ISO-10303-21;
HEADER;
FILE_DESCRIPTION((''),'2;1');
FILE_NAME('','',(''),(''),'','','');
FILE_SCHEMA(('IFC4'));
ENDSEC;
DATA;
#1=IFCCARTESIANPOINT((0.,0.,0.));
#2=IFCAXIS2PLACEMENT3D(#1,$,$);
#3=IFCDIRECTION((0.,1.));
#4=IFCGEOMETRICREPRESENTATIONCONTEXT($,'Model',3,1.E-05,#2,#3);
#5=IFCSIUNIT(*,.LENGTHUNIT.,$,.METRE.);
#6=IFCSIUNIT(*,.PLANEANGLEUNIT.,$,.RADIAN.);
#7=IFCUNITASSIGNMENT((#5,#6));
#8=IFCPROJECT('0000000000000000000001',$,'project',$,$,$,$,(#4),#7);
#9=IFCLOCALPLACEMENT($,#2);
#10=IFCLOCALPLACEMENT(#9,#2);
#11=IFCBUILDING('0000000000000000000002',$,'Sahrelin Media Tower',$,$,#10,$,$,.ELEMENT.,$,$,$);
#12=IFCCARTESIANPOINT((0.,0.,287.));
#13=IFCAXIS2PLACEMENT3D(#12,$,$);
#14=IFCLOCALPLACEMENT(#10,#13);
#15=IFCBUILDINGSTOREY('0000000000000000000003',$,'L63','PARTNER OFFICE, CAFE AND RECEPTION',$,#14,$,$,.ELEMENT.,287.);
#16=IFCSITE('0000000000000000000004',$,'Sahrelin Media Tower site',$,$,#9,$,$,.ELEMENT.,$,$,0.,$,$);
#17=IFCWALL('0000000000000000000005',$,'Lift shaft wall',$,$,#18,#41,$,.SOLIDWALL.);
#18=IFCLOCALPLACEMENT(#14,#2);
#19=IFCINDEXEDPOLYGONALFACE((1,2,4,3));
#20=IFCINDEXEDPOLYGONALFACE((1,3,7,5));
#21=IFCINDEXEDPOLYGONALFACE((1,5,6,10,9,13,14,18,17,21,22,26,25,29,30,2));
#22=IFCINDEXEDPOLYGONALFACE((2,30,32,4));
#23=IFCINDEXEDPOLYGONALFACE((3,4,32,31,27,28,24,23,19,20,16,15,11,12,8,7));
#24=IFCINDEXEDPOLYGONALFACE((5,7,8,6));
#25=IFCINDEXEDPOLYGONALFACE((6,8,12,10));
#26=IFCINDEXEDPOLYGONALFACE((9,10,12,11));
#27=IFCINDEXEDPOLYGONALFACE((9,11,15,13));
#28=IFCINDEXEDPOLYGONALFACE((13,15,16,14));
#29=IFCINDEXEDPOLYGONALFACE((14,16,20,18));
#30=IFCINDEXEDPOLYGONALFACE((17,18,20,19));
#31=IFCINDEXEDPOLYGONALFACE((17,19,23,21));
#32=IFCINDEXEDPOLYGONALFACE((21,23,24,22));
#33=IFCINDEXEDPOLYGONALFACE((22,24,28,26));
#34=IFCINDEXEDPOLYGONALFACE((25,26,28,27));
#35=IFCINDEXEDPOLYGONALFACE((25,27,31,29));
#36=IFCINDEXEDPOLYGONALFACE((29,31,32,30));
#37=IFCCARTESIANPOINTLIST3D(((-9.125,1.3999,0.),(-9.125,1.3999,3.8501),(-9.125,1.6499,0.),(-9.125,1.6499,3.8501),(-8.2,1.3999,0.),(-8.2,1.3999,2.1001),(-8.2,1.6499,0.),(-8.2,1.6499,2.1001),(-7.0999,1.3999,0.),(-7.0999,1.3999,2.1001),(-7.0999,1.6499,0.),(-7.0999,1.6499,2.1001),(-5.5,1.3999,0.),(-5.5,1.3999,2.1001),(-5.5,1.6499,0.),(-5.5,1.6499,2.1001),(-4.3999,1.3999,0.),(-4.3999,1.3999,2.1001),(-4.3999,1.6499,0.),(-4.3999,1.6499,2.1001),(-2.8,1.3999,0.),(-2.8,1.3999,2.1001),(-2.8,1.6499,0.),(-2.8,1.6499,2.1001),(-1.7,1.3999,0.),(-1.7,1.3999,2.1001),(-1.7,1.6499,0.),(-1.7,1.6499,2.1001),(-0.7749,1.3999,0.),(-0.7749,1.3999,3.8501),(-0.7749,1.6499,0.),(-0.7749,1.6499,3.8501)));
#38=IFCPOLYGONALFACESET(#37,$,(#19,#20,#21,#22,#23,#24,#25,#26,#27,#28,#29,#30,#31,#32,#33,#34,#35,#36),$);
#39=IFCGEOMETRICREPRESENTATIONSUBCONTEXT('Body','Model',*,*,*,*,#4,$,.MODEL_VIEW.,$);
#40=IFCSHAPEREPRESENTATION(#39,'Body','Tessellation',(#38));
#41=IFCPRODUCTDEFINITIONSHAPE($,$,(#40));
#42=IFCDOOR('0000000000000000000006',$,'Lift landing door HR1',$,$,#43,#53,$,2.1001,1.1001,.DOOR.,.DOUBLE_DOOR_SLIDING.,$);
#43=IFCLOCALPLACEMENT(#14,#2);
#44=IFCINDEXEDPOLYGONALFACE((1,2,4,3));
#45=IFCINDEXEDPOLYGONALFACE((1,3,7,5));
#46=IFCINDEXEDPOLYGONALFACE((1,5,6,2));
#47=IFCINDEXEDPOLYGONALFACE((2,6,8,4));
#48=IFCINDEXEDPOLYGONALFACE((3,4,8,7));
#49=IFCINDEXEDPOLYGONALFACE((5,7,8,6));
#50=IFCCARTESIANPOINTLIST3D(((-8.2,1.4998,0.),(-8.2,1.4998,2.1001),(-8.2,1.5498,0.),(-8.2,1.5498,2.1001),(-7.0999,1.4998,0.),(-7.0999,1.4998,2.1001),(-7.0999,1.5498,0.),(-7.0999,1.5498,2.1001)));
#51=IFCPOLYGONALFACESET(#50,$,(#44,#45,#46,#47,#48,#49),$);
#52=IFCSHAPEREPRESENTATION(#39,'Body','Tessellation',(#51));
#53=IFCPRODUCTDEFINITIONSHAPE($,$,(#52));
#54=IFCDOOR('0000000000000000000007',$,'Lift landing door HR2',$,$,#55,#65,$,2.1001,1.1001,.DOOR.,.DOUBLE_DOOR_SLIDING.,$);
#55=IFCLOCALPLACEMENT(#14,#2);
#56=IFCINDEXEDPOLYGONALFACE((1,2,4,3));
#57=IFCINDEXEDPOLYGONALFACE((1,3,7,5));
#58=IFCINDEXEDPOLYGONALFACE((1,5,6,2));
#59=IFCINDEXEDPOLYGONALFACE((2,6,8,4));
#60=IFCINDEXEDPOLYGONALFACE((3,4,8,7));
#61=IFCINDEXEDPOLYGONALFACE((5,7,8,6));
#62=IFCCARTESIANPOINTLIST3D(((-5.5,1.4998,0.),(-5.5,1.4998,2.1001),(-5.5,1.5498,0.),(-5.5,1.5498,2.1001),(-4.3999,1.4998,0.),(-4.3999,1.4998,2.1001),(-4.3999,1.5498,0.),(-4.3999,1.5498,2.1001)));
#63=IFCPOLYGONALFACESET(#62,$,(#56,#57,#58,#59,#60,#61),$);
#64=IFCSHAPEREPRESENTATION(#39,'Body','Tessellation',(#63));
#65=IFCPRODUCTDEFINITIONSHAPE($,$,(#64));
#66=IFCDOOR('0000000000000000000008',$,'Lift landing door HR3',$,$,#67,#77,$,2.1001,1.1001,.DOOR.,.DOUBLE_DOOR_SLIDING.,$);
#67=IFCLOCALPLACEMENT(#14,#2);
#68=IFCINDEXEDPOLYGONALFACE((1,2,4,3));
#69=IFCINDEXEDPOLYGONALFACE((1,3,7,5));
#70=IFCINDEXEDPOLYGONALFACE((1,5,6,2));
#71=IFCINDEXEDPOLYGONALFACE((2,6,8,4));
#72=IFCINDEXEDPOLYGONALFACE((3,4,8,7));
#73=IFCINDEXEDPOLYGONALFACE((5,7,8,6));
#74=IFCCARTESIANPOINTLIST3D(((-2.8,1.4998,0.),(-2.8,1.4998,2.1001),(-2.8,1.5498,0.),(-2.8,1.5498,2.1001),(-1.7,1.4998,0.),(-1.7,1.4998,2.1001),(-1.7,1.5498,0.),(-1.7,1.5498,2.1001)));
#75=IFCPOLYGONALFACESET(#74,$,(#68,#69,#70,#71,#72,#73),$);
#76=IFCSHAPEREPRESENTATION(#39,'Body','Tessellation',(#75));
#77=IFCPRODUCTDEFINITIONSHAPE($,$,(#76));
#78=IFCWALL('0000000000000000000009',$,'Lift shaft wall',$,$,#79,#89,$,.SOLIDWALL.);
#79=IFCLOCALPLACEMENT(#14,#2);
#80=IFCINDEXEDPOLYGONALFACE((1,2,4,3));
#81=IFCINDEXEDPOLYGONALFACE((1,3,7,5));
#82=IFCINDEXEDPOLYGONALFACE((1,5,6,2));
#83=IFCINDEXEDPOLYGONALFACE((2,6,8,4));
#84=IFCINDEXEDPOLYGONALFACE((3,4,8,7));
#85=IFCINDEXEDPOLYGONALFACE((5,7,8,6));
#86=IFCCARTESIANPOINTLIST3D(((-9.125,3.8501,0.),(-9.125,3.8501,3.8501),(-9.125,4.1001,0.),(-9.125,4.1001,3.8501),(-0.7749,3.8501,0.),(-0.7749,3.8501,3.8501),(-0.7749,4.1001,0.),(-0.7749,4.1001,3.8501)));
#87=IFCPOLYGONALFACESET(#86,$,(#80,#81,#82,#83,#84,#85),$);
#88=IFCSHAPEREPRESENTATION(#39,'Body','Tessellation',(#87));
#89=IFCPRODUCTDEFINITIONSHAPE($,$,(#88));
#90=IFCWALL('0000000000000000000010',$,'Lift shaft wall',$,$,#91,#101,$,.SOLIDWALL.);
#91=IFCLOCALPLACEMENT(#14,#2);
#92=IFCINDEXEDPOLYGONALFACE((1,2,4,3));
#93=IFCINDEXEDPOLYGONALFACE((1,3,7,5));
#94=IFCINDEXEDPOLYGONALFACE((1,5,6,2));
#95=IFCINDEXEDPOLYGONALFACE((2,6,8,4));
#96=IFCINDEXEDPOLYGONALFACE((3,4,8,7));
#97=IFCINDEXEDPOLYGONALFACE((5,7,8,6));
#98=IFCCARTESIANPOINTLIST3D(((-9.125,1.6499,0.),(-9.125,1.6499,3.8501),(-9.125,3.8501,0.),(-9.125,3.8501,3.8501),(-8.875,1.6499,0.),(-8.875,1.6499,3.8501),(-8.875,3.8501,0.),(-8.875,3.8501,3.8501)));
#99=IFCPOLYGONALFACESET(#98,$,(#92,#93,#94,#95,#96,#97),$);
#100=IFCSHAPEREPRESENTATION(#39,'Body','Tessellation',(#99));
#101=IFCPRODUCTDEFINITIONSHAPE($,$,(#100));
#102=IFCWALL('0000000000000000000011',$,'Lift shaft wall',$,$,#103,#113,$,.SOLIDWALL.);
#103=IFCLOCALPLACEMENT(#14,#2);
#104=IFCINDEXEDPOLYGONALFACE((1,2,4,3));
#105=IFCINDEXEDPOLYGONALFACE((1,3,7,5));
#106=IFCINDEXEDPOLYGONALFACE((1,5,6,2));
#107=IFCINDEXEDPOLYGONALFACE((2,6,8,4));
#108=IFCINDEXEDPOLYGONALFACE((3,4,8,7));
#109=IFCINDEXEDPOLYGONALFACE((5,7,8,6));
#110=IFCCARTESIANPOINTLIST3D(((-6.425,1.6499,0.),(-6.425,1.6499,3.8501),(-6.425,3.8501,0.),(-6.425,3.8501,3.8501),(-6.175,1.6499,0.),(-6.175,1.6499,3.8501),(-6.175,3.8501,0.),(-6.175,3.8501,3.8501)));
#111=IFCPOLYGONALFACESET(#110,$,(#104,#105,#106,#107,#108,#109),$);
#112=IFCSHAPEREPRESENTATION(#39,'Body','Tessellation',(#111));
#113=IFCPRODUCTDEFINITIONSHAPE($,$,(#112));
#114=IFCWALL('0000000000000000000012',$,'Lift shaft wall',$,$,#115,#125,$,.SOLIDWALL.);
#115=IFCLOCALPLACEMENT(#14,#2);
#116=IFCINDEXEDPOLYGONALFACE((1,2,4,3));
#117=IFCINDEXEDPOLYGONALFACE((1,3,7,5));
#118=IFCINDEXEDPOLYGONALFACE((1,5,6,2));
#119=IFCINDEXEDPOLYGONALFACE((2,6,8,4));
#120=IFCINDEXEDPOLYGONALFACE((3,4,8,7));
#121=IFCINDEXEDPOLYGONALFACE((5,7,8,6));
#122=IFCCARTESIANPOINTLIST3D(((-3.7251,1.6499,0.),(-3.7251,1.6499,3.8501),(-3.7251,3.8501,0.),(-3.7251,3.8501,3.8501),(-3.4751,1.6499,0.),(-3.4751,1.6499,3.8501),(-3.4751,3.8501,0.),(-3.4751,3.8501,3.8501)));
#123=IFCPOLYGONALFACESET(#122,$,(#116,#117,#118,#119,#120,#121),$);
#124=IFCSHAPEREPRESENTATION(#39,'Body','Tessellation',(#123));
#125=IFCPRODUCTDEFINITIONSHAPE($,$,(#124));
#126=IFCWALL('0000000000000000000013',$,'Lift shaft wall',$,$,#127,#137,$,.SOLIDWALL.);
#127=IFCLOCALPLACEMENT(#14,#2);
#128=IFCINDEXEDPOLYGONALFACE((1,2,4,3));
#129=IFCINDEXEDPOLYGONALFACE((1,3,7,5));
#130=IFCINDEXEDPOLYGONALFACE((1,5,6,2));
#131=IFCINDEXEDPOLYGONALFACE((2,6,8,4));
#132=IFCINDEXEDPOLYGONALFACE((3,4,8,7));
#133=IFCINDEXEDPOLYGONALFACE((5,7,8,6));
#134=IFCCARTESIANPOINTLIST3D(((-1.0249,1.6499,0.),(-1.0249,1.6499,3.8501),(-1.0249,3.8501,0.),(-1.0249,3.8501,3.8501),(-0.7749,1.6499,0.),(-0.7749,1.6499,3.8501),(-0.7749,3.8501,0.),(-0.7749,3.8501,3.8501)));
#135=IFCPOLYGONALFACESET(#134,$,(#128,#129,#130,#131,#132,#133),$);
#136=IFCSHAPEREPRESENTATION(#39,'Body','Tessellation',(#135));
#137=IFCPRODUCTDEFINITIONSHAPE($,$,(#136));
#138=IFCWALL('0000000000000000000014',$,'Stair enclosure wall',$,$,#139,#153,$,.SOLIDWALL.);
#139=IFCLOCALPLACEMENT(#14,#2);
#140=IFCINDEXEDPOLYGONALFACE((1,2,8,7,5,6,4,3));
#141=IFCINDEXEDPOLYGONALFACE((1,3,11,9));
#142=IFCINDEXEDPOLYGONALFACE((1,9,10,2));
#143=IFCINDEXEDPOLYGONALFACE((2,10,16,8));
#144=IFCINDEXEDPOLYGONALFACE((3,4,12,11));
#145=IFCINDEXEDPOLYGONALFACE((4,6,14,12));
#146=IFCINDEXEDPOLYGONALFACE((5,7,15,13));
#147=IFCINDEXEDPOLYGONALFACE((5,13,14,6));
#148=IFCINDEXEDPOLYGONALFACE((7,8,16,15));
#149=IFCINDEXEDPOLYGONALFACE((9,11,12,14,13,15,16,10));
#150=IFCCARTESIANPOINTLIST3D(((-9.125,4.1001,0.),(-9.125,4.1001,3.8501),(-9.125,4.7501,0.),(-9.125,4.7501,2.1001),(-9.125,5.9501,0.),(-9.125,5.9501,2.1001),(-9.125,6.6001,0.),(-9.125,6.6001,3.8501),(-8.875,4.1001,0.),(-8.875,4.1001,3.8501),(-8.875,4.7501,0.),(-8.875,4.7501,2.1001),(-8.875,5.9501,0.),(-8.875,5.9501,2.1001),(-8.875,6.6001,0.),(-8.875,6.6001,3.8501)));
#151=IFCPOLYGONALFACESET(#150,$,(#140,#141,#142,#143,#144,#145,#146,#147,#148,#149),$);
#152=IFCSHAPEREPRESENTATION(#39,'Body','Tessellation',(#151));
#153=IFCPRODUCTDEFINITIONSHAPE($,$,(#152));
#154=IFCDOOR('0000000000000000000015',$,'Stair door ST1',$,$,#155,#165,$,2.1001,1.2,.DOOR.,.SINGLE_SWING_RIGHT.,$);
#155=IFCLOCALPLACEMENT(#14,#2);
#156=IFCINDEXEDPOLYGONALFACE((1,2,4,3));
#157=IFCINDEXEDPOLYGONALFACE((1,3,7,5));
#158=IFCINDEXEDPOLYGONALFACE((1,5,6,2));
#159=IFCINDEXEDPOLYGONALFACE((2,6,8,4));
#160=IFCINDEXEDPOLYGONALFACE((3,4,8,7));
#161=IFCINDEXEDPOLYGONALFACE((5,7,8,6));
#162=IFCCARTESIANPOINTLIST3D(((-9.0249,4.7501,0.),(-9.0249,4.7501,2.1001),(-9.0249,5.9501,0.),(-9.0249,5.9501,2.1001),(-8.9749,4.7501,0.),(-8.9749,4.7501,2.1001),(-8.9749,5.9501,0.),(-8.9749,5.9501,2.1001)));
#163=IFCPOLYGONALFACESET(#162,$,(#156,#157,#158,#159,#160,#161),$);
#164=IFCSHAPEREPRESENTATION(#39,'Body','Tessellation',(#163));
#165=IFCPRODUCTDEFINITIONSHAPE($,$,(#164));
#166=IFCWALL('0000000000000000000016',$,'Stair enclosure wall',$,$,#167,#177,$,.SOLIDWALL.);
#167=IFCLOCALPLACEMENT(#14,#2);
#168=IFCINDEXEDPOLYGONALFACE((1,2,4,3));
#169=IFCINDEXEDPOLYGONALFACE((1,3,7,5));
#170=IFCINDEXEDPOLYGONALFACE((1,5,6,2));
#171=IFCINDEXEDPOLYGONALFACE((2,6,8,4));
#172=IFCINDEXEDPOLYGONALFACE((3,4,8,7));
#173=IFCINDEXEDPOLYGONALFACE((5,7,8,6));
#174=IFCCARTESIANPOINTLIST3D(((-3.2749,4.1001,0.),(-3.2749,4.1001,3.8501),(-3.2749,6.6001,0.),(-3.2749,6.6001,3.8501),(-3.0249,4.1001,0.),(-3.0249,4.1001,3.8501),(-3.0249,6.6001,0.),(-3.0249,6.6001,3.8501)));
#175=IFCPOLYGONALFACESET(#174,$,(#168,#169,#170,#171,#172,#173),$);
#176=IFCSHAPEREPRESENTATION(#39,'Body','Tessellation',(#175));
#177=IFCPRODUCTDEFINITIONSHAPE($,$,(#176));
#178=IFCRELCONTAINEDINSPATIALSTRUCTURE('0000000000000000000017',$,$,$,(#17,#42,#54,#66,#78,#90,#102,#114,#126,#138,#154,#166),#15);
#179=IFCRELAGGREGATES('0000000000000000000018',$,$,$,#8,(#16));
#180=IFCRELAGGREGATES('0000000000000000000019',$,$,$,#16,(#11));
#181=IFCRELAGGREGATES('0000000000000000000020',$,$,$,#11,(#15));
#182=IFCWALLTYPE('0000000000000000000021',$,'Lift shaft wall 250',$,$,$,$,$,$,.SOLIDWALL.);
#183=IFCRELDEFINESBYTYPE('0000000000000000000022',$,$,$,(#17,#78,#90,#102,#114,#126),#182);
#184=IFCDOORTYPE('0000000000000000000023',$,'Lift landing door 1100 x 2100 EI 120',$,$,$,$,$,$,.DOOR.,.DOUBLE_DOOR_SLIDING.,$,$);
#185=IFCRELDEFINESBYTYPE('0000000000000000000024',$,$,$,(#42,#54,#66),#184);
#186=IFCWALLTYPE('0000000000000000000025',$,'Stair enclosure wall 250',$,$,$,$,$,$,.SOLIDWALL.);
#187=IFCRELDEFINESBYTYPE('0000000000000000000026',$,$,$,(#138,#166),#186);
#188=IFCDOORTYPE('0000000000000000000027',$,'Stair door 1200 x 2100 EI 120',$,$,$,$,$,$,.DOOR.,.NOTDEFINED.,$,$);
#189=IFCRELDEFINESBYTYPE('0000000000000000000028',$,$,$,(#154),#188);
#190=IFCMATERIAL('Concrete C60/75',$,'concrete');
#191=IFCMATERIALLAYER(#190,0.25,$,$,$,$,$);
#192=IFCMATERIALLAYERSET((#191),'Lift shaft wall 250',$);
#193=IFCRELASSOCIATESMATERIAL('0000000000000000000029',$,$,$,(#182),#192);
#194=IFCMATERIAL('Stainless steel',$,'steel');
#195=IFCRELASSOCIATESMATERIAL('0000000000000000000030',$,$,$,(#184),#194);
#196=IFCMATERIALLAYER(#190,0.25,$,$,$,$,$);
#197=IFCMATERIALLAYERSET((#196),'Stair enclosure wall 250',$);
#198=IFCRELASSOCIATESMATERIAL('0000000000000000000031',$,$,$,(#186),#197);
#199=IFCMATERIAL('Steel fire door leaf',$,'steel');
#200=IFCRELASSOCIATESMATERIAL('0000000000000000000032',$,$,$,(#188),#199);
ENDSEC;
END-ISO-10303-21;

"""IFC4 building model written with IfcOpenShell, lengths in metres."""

from ifc_helpers import new_model, si_unit, direction, frame, frame_2d, origin, place, context, subcontext, project, spatial, rectangle, extrude, material, layer, layer_set, type_object, element, fill, save


model = new_model("IFC4")

# Units and contexts
model_context = context("Model", 3, precision=1e-05, world=origin(), true_north=direction((0.0, 1.0)))
body_context = subcontext(model_context, "Body", "Model", "MODEL_VIEW")
ifc_project = project(units=[si_unit("LENGTHUNIT", "METRE"), si_unit("PLANEANGLEUNIT", "RADIAN")], contexts=[model_context])

# Site, building, storey
site_placement = place(None, origin())
site = spatial("IfcSite", under=ifc_project, at=site_placement, Name="Sahrelin Media Tower site", CompositionType="ELEMENT", RefElevation=0.0)
building_placement = place(site_placement, origin())
building = spatial("IfcBuilding", under=site, at=building_placement, Name="Sahrelin Media Tower", CompositionType="ELEMENT")
storey_placement = place(building_placement, frame((0.0, 0.0, 287.0)))
storey = spatial("IfcBuildingStorey", under=building, at=storey_placement, Name="L63", Description="PARTNER OFFICE, CAFE AND RECEPTION", CompositionType="ELEMENT", Elevation=287.0)

# Shared definitions
ifc_material_1 = material(Name="Steel fire door leaf", Category="steel")

# Wall, openings, doors
ifc_material_2 = material(Name="Concrete C60/75", Category="concrete")
ifc_layer_1 = layer(ifc_material_2, 0.25)
ifc_layer_set_1 = layer_set([ifc_layer_1], Name="Lift shaft wall 250")
wall_type_1 = type_object("IfcWallType", Name="Lift shaft wall 250", PredefinedType="SOLIDWALL", material=ifc_layer_set_1)
wall_1_placement = place(storey_placement, frame((-9.125, 1.5249, 0.0), z_axis=(0.0, 0.0, 1.0), x_axis=(1.0, 0.0, 0.0)))
wall_1 = element("IfcWall", 1, at=wall_1_placement, inside=storey, type_object=wall_type_1, Name="Lift shaft wall", PredefinedType="SOLIDWALL", context=body_context, shape_type="SweptSolid", body=[
    extrude(rectangle(XDim=8.3501, YDim=0.25, at=frame_2d((4.175, 0.0))), origin(), (0.0, 0.0, 1.0), 3.8501),
])
opening_1_placement = place(wall_1_placement, frame((0.925, 0.0, 0.0)))
opening_1 = element("IfcOpeningElement", 2, at=opening_1_placement, cuts=wall_1, PredefinedType="OPENING", context=body_context, shape_type="SweptSolid", body=[
    extrude(rectangle(XDim=1.1001, YDim=2.1001, at=frame_2d((0.55, 1.05))), frame((0.0, 0.125, 0.0), z_axis=(0.0, -1.0, 0.0), x_axis=(1.0, 0.0, 0.0)), (0.0, 0.0, 1.0), 0.25),
])
opening_2_placement = place(wall_1_placement, frame((3.625, 0.0, 0.0)))
opening_2 = element("IfcOpeningElement", 3, at=opening_2_placement, cuts=wall_1, PredefinedType="OPENING", context=body_context, shape_type="SweptSolid", body=[
    extrude(rectangle(XDim=1.1001, YDim=2.1001, at=frame_2d((0.55, 1.05))), frame((0.0, 0.125, 0.0), z_axis=(0.0, -1.0, 0.0), x_axis=(1.0, 0.0, 0.0)), (0.0, 0.0, 1.0), 0.25),
])
opening_3_placement = place(wall_1_placement, frame((6.325, 0.0, 0.0)))
opening_3 = element("IfcOpeningElement", 4, at=opening_3_placement, cuts=wall_1, PredefinedType="OPENING", context=body_context, shape_type="SweptSolid", body=[
    extrude(rectangle(XDim=1.1001, YDim=2.1001, at=frame_2d((0.55, 1.05))), frame((0.0, 0.125, 0.0), z_axis=(0.0, -1.0, 0.0), x_axis=(1.0, 0.0, 0.0)), (0.0, 0.0, 1.0), 0.25),
])
ifc_material_3 = material(Name="Stainless steel", Category="steel")
door_type_1 = type_object("IfcDoorType", Name="Lift landing door 1100 x 2100 EI 120", OperationType="DOUBLE_DOOR_SLIDING", PredefinedType="DOOR", material=ifc_material_3)
door_1_placement = place(opening_1_placement, origin())
door_1 = element("IfcDoor", 5, at=door_1_placement, inside=storey, type_object=door_type_1, Name="Lift landing door HR1", OperationType="DOUBLE_DOOR_SLIDING", OverallHeight=2.1001, OverallWidth=1.1001, PredefinedType="DOOR", context=body_context, shape_type="SweptSolid", body=[
    extrude(rectangle(XDim=1.1001, YDim=2.1001, at=frame_2d((0.55, 1.05))), frame((0.0, 0.0249, 0.0), z_axis=(0.0, -1.0, 0.0), x_axis=(1.0, 0.0, 0.0)), (0.0, 0.0, 1.0), 0.05),
])
fill(opening_1, door_1)
door_2_placement = place(opening_2_placement, origin())
door_2 = element("IfcDoor", 6, at=door_2_placement, inside=storey, type_object=door_type_1, Name="Lift landing door HR2", OperationType="DOUBLE_DOOR_SLIDING", OverallHeight=2.1001, OverallWidth=1.1001, PredefinedType="DOOR", context=body_context, shape_type="SweptSolid", body=[
    extrude(rectangle(XDim=1.1001, YDim=2.1001, at=frame_2d((0.55, 1.05))), frame((0.0, 0.0249, 0.0), z_axis=(0.0, -1.0, 0.0), x_axis=(1.0, 0.0, 0.0)), (0.0, 0.0, 1.0), 0.05),
])
fill(opening_2, door_2)
door_3_placement = place(opening_3_placement, origin())
door_3 = element("IfcDoor", 7, at=door_3_placement, inside=storey, type_object=door_type_1, Name="Lift landing door HR3", OperationType="DOUBLE_DOOR_SLIDING", OverallHeight=2.1001, OverallWidth=1.1001, PredefinedType="DOOR", context=body_context, shape_type="SweptSolid", body=[
    extrude(rectangle(XDim=1.1001, YDim=2.1001, at=frame_2d((0.55, 1.05))), frame((0.0, 0.0249, 0.0), z_axis=(0.0, -1.0, 0.0), x_axis=(1.0, 0.0, 0.0)), (0.0, 0.0, 1.0), 0.05),
])
fill(opening_3, door_3)

# Walls
wall_2_placement = place(storey_placement, frame((-9.125, 3.9751, 0.0), z_axis=(0.0, 0.0, 1.0), x_axis=(1.0, 0.0, 0.0)))
element("IfcWall", 8, at=wall_2_placement, inside=storey, type_object=wall_type_1, Name="Lift shaft wall", PredefinedType="SOLIDWALL", context=body_context, shape_type="SweptSolid", body=[
    extrude(rectangle(XDim=8.3501, YDim=0.25, at=frame_2d((4.175, 0.0))), origin(), (0.0, 0.0, 1.0), 3.8501),
])
for number, where, z_axis, x_axis, name in (
    (9, (-9.0, 1.6499, 0.0), (0.0, 0.0, 1.0), (0.0, 1.0, 0.0), "Lift shaft wall"),
    (10, (-6.3, 1.6499, 0.0), (0.0, 0.0, 1.0), (0.0, 1.0, 0.0), "Lift shaft wall"),
    (11, (-3.6001, 1.6499, 0.0), (0.0, 0.0, 1.0), (0.0, 1.0, 0.0), "Lift shaft wall"),
    (12, (-0.8999, 1.6499, 0.0), (0.0, 0.0, 1.0), (0.0, 1.0, 0.0), "Lift shaft wall"),
):
    element("IfcWall", number, at=place(storey_placement, frame(where, z_axis=z_axis, x_axis=x_axis)), inside=storey, type_object=wall_type_1, Name=name, PredefinedType="SOLIDWALL", context=body_context, shape_type="SweptSolid", body=[
        extrude(rectangle(XDim=2.2002, YDim=0.25, at=frame_2d((1.1001, 0.0))), origin(), (0.0, 0.0, 1.0), 3.8501),
    ])

# Wall, opening, door
ifc_layer_2 = layer(ifc_material_2, 0.25)
ifc_layer_set_2 = layer_set([ifc_layer_2], Name="Stair enclosure wall 250")
wall_type_2 = type_object("IfcWallType", Name="Stair enclosure wall 250", PredefinedType="SOLIDWALL", material=ifc_layer_set_2)
wall_3_placement = place(storey_placement, frame((-9.0, 4.1001, 0.0), z_axis=(0.0, 0.0, 1.0), x_axis=(0.0, 1.0, 0.0)))
wall_3 = element("IfcWall", 13, at=wall_3_placement, inside=storey, type_object=wall_type_2, Name="Stair enclosure wall", PredefinedType="SOLIDWALL", context=body_context, shape_type="SweptSolid", body=[
    extrude(rectangle(XDim=2.5, YDim=0.25, at=frame_2d((1.25, 0.0))), origin(), (0.0, 0.0, 1.0), 3.8501),
])
opening_4_placement = place(wall_3_placement, frame((0.6499, 0.0, 0.0)))
opening_4 = element("IfcOpeningElement", 14, at=opening_4_placement, cuts=wall_3, PredefinedType="OPENING", context=body_context, shape_type="SweptSolid", body=[
    extrude(rectangle(XDim=1.2, YDim=2.1001, at=frame_2d((0.6001, 1.05))), frame((0.0, 0.125, 0.0), z_axis=(0.0, -1.0, 0.0), x_axis=(1.0, 0.0, 0.0)), (0.0, 0.0, 1.0), 0.25),
])
door_type_2 = type_object("IfcDoorType", Name="Stair door 1200 x 2100 EI 120", OperationType="NOTDEFINED", PredefinedType="DOOR", material=ifc_material_1)
door_4_placement = place(opening_4_placement, origin())
door_4 = element("IfcDoor", 15, at=door_4_placement, inside=storey, type_object=door_type_2, Name="Stair door ST1", OperationType="SINGLE_SWING_RIGHT", OverallHeight=2.1001, OverallWidth=1.2, PredefinedType="DOOR", context=body_context, shape_type="SweptSolid", body=[
    extrude(rectangle(XDim=1.2, YDim=2.1001, at=frame_2d((0.6001, 1.05))), frame((0.0, 0.0249, 0.0), z_axis=(0.0, -1.0, 0.0), x_axis=(1.0, 0.0, 0.0)), (0.0, 0.0, 1.0), 0.05),
])
fill(opening_4, door_4)

# Wall
wall_4_placement = place(storey_placement, frame((-3.1499, 4.1001, 0.0), z_axis=(0.0, 0.0, 1.0), x_axis=(0.0, 1.0, 0.0)))
element("IfcWall", 16, at=wall_4_placement, inside=storey, type_object=wall_type_2, Name="Stair enclosure wall", PredefinedType="SOLIDWALL", context=body_context, shape_type="SweptSolid", body=[
    extrude(rectangle(XDim=2.5, YDim=0.25, at=frame_2d((1.25, 0.0))), origin(), (0.0, 0.0, 1.0), 3.8501),
])

save(model, "model.ifc")
